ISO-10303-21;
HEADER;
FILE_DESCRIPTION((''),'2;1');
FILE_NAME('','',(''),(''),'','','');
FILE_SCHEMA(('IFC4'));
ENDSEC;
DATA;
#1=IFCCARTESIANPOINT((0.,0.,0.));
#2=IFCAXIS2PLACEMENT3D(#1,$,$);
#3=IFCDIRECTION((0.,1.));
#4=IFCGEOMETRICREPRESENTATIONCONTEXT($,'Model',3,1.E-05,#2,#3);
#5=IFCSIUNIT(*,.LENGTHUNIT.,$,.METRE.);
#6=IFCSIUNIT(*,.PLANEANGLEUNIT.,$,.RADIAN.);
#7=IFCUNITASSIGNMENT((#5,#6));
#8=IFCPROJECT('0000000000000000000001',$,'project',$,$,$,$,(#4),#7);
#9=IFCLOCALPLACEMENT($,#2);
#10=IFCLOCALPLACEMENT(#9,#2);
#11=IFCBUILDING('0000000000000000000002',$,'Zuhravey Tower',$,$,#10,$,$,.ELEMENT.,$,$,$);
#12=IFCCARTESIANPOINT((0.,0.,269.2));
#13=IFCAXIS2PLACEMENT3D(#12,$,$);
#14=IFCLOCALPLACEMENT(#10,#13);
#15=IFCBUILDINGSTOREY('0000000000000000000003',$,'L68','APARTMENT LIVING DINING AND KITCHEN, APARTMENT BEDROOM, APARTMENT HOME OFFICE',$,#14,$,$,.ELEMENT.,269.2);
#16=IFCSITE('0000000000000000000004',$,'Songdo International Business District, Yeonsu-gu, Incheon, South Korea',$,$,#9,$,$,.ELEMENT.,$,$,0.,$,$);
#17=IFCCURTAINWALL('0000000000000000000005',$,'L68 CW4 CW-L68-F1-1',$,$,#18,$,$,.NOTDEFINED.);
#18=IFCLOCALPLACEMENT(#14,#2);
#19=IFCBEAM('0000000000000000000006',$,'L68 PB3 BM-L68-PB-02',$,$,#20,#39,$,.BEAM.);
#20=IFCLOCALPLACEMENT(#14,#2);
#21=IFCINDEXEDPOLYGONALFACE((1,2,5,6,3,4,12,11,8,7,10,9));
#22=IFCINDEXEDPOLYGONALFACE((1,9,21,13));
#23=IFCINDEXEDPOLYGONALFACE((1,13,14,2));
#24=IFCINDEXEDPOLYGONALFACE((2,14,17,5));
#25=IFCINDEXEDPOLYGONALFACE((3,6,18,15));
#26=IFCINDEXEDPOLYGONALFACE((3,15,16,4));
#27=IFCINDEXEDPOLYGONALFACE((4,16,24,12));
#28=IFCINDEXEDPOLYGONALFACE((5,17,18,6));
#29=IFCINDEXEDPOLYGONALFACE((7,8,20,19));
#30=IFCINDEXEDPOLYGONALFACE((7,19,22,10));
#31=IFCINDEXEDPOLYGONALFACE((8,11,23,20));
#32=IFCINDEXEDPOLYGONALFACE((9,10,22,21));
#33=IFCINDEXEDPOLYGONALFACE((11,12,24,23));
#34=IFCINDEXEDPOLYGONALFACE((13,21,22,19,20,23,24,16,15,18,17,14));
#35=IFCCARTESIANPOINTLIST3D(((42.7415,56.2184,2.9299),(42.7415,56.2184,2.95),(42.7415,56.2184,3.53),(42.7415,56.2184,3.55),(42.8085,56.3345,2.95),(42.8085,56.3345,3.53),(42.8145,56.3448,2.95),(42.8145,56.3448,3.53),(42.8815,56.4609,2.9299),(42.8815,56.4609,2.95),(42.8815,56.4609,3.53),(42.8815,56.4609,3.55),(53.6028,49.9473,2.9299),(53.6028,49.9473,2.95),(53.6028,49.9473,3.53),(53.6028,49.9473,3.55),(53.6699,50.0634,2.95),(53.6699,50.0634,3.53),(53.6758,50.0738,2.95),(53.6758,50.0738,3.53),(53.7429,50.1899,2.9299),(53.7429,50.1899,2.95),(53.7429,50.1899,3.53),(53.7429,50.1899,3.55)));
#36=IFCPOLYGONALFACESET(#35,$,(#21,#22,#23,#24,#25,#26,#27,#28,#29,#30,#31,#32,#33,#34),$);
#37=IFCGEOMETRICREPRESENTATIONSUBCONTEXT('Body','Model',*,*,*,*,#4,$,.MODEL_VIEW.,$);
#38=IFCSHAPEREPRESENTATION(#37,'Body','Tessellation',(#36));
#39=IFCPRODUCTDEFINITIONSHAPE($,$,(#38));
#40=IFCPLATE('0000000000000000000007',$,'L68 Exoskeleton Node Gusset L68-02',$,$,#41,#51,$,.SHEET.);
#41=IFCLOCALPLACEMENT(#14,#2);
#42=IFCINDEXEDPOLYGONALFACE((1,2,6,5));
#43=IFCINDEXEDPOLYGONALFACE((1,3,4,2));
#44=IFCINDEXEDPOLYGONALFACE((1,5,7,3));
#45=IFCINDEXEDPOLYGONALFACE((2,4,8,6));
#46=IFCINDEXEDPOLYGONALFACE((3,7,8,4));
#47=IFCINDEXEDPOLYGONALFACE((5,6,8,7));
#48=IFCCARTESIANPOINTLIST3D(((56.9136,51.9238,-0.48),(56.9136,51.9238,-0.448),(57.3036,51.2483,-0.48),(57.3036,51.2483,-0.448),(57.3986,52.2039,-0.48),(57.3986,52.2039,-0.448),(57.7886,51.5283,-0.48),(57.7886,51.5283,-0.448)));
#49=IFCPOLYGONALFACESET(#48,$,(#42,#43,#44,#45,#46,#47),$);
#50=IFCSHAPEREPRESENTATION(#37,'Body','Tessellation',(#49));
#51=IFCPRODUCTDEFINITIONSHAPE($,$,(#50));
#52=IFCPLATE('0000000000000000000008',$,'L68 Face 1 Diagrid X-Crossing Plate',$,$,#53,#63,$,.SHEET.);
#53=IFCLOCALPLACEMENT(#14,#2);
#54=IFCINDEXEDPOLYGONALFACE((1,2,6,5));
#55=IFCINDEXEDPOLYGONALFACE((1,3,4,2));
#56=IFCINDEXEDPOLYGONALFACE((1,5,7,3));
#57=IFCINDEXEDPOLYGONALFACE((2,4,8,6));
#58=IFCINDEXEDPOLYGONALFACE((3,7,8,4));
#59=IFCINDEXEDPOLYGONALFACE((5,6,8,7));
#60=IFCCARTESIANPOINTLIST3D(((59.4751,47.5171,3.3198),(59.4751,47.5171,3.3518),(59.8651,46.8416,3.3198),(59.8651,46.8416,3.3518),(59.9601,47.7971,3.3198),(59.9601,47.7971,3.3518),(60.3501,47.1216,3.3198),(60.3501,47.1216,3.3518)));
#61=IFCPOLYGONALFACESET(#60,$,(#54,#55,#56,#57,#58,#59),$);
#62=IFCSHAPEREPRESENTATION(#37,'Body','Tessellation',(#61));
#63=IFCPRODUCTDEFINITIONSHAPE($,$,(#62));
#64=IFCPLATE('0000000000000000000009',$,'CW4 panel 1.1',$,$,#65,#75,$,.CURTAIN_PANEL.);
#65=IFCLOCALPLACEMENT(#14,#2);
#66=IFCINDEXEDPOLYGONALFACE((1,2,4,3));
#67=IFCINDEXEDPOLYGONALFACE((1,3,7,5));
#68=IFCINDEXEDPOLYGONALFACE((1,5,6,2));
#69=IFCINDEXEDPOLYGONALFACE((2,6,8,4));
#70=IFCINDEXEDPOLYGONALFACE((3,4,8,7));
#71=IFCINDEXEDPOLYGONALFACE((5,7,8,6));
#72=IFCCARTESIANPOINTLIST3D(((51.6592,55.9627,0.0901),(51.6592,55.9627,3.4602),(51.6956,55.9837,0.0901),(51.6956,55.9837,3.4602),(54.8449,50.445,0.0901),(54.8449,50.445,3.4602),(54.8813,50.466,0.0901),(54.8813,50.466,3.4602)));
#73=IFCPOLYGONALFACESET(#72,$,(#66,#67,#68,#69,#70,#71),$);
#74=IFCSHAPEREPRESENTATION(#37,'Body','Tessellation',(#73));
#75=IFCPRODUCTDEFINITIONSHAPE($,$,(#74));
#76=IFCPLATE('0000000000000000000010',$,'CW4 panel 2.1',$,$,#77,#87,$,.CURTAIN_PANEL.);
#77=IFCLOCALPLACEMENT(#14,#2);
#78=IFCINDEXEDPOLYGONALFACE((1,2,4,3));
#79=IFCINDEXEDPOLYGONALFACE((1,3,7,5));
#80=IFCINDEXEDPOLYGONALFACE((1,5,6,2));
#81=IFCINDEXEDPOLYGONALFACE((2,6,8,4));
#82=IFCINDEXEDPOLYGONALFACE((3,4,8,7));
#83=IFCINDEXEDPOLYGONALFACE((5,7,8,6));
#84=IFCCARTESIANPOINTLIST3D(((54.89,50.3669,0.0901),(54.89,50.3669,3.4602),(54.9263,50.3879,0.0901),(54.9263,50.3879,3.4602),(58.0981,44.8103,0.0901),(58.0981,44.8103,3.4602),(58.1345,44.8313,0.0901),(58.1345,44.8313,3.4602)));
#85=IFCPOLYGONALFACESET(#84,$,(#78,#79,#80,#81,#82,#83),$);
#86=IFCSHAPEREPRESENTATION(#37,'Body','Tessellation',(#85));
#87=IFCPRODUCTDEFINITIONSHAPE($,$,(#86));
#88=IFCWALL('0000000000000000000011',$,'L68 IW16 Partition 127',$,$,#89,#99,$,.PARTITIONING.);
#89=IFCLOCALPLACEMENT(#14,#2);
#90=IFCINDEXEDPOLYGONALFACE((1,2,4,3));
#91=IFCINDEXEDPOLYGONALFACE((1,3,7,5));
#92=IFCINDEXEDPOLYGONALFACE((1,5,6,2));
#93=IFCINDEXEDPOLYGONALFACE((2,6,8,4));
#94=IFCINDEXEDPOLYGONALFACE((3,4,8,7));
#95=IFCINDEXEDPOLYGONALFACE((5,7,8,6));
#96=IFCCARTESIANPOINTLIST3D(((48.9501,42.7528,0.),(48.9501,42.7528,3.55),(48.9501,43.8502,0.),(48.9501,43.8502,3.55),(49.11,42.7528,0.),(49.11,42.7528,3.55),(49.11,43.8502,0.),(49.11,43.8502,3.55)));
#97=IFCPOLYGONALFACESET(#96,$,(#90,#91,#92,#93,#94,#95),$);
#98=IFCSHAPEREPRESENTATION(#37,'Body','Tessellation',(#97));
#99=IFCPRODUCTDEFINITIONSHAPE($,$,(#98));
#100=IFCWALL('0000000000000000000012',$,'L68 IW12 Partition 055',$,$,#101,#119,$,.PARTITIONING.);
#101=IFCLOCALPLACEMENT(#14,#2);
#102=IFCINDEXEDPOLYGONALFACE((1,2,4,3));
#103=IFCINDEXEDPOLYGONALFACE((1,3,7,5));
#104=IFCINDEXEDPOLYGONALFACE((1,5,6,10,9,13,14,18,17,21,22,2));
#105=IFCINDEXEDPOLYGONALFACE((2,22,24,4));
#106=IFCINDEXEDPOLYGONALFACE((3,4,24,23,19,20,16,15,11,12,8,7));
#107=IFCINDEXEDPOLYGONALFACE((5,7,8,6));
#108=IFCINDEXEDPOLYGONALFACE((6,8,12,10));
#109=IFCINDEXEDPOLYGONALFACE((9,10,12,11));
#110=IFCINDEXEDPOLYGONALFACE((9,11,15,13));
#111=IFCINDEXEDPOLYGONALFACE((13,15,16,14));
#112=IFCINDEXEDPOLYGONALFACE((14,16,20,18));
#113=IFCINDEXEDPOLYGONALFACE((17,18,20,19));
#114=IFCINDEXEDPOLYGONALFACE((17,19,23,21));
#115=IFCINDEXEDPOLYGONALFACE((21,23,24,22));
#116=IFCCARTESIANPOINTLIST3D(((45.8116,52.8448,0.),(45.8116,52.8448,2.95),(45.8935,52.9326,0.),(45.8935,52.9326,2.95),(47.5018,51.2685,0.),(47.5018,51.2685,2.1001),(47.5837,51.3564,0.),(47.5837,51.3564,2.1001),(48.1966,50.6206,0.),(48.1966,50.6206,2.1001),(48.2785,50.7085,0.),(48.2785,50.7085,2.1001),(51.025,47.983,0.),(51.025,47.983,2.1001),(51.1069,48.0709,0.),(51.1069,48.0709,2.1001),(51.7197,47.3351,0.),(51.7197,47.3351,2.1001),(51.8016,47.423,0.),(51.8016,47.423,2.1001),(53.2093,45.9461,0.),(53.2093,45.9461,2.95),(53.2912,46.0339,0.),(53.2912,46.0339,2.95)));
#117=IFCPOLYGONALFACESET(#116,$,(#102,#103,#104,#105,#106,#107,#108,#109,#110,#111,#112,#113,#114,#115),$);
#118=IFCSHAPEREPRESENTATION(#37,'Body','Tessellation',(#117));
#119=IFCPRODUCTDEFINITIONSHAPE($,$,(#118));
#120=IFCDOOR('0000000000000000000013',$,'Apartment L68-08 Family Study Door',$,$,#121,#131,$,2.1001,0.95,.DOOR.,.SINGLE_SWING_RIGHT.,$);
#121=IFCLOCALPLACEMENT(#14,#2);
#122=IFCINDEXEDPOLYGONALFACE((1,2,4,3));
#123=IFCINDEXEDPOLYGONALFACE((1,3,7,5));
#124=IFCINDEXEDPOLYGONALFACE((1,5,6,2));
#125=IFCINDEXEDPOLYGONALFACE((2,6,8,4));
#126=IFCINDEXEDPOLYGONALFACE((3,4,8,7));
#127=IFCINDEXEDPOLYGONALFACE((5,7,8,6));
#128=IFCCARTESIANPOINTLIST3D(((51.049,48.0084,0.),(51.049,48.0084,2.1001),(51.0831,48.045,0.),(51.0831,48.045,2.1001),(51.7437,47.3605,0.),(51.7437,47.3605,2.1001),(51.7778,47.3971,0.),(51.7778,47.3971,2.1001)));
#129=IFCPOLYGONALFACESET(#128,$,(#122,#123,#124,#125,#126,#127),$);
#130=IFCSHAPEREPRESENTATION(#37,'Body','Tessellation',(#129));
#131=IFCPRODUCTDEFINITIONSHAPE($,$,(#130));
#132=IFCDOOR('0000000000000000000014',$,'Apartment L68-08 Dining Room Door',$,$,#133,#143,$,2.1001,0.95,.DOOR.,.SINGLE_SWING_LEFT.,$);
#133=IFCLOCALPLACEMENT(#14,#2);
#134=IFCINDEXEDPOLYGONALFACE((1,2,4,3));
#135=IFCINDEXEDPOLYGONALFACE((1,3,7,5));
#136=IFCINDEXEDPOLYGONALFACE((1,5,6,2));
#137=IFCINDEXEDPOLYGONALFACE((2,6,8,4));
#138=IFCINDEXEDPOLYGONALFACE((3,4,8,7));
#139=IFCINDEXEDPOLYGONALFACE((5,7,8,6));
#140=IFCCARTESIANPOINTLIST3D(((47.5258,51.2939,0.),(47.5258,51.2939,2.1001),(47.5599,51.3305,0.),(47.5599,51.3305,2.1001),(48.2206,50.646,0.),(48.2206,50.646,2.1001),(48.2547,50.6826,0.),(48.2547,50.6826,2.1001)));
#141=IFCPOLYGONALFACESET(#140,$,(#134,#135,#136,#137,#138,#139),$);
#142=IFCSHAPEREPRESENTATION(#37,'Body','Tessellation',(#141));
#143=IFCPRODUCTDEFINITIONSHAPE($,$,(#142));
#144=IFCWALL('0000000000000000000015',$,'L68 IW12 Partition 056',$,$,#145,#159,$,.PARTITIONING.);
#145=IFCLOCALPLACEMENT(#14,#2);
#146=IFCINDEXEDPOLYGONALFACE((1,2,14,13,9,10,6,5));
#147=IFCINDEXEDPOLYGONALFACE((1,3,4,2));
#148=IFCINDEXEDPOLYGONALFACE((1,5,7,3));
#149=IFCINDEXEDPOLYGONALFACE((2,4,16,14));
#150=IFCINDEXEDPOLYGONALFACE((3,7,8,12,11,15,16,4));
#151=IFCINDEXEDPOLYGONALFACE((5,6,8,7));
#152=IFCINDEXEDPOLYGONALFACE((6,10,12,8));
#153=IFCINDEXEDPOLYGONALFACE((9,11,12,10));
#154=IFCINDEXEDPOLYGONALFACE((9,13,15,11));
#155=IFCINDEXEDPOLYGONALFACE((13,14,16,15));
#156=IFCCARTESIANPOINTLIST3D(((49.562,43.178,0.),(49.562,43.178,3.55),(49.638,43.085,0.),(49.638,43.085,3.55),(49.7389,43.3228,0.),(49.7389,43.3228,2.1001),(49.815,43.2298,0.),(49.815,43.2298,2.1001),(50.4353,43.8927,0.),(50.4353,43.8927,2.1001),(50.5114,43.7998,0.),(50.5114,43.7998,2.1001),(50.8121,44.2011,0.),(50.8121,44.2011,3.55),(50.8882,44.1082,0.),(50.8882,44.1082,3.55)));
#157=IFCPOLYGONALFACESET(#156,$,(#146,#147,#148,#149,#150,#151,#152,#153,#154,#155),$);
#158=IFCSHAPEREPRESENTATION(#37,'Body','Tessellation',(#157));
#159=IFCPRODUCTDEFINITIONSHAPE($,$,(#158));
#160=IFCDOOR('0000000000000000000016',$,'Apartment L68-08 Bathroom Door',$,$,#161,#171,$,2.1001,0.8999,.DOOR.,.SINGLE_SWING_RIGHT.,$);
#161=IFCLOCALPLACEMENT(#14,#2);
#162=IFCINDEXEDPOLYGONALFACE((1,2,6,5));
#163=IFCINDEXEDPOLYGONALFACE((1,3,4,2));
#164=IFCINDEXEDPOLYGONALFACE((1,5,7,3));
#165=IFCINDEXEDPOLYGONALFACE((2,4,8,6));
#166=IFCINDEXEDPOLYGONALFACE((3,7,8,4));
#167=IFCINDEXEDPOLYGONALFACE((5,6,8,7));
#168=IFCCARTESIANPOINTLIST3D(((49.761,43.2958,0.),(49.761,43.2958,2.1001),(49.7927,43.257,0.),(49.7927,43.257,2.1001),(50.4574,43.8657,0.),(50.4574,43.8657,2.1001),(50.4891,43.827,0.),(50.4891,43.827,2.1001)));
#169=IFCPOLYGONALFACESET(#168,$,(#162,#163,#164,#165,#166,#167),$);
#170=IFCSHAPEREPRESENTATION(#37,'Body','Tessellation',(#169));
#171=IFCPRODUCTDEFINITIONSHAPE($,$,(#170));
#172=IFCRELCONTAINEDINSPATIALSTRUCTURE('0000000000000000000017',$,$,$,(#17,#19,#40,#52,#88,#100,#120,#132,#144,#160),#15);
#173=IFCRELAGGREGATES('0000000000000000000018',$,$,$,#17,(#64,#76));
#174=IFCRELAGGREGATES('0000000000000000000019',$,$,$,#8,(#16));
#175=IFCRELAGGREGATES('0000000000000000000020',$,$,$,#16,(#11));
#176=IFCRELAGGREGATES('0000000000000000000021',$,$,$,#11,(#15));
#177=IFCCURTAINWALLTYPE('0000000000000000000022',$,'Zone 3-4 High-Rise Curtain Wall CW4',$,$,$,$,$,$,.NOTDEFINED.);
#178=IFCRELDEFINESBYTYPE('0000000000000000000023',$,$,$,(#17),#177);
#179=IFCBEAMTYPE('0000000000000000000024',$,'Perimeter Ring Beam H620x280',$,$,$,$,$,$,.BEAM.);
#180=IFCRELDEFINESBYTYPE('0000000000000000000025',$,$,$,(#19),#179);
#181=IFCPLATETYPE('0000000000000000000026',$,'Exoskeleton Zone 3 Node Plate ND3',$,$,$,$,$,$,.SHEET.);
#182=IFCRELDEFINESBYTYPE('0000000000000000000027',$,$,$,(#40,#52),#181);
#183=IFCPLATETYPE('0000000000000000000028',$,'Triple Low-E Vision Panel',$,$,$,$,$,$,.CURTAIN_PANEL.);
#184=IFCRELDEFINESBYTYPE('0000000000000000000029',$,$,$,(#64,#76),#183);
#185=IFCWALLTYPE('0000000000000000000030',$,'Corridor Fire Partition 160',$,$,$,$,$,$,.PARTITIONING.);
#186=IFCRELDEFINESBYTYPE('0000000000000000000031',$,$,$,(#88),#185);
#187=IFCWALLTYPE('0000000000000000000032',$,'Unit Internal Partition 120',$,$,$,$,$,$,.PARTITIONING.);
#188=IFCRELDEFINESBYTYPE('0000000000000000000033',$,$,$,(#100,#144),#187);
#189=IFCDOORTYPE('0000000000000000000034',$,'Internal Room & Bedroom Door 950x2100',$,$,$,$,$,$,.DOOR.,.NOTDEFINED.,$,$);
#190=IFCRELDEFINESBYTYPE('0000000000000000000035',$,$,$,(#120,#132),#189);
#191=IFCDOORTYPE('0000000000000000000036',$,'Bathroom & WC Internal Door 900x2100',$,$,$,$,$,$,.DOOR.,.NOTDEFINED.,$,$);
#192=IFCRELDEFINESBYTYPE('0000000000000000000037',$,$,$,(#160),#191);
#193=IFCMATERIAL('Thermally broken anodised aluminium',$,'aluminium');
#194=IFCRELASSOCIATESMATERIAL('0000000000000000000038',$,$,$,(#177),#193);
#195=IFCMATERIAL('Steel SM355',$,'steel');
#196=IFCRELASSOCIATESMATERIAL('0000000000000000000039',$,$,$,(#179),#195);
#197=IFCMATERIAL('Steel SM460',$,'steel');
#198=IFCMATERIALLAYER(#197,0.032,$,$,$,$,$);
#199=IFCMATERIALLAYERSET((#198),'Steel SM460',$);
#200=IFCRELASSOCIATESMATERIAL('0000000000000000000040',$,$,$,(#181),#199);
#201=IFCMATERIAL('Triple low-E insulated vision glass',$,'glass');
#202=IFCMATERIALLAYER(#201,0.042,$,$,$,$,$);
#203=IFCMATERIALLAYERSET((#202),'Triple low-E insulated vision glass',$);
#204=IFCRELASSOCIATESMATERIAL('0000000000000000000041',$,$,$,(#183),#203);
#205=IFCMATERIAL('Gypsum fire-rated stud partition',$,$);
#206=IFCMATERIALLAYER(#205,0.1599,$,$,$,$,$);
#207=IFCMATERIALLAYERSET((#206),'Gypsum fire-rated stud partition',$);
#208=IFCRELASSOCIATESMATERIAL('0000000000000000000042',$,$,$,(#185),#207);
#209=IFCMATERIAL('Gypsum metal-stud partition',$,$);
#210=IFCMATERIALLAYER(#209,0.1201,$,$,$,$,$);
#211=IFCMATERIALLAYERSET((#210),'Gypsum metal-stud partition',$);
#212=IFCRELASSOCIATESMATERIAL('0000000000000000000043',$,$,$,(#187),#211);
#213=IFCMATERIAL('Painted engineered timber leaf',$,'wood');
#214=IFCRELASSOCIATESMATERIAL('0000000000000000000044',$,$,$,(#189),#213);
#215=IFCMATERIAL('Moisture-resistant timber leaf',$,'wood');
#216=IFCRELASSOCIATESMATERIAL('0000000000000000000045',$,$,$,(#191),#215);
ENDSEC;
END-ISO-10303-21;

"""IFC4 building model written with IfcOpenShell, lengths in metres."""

from ifc_helpers import new_model, si_unit, direction, frame, frame_2d, origin, origin_2d, place, context, subcontext, project, spatial, rectangle, i_section, extrude, material, layer, layer_set, material_profile, profile_set, type_object, element, fill, aggregate, save


model = new_model("IFC4")

# Units and contexts
model_context = context("Model", 3, precision=1e-05, world=origin(), true_north=direction((0.0, 1.0)))
body_context = subcontext(model_context, "Body", "Model", "MODEL_VIEW")
ifc_project = project(units=[si_unit("LENGTHUNIT", "METRE"), si_unit("PLANEANGLEUNIT", "RADIAN")], contexts=[model_context])

# Site, building, storey
site_placement = place(None, origin())
site = spatial("IfcSite", under=ifc_project, at=site_placement, Name="Songdo International Business District, Yeonsu-gu, Incheon, South Korea", CompositionType="ELEMENT", RefElevation=0.0)
building_placement = place(site_placement, origin())
building = spatial("IfcBuilding", under=site, at=building_placement, Name="Zuhravey Tower", CompositionType="ELEMENT")
storey_placement = place(building_placement, frame((0.0, 0.0, 269.2)))
storey = spatial("IfcBuildingStorey", under=building, at=storey_placement, Name="L68", Description="APARTMENT LIVING DINING AND KITCHEN, APARTMENT BEDROOM, APARTMENT HOME OFFICE", CompositionType="ELEMENT", Elevation=269.2)

# Curtain wall
ifc_material_1 = material(Name="Thermally broken anodised aluminium", Category="aluminium")
curtain_wall_type = type_object("IfcCurtainWallType", Name="Zone 3-4 High-Rise Curtain Wall CW4", PredefinedType="NOTDEFINED", material=ifc_material_1)
curtain_wall_placement = place(storey_placement, origin())
curtain_wall = element("IfcCurtainWall", 1, at=curtain_wall_placement, inside=storey, type_object=curtain_wall_type, Name="L68 CW4 CW-L68-F1-1", PredefinedType="NOTDEFINED")

# Shared definitions
ifc_material_2 = material(Name="Steel SM355", Category="steel")

# Beam
ifc_material_profile_1 = material_profile(ifc_material_2, i_section(OverallWidth=0.28, OverallDepth=0.6201, WebThickness=0.012, FlangeThickness=0.02, at=origin_2d()), Name="H-620x280x12x20")
ifc_profile_set_1 = profile_set([ifc_material_profile_1], Name="Steel SM355")
beam_type = type_object("IfcBeamType", Name="Perimeter Ring Beam H620x280", PredefinedType="BEAM", material=ifc_profile_set_1)
beam_placement = place(storey_placement, frame((53.6729, 50.0686, 3.24), z_axis=(-0.866018, 0.500012, 0.0), x_axis=(-0.500012, -0.866018, 0.0)))
element("IfcBeam", 2, at=beam_placement, inside=storey, type_object=beam_type, Name="L68 PB3 BM-L68-PB-02", PredefinedType="BEAM", context=body_context, shape_type="SweptSolid", body=[
    extrude(i_section(OverallWidth=0.28, OverallDepth=0.6201, WebThickness=0.012, FlangeThickness=0.02, at=origin_2d()), origin(), (0.0, 0.0, 1.0), 12.5417),
])

# Plates
ifc_material_3 = material(Name="Steel SM460", Category="steel")
ifc_layer_1 = layer(ifc_material_3, 0.032)
ifc_layer_set_1 = layer_set([ifc_layer_1], Name="Steel SM460")
plate_type_1 = type_object("IfcPlateType", Name="Exoskeleton Zone 3 Node Plate ND3", PredefinedType="SHEET", material=ifc_layer_set_1)
for number, where, z_axis, x_axis, name in (
    (3, (57.3511, 51.7261, -0.48), (0.0, 0.0, 1.0), (-0.5, 0.866025, 0.0), "L68 Exoskeleton Node Gusset L68-02"),
    (4, (59.9126, 47.3193, 3.3198), (0.0, 0.0, 1.0), (-0.5, 0.866025, 0.0), "L68 Face 1 Diagrid X-Crossing Plate"),
):
    element("IfcPlate", number, at=place(storey_placement, frame(where, z_axis=z_axis, x_axis=x_axis)), inside=storey, type_object=plate_type_1, Name=name, PredefinedType="SHEET", context=body_context, shape_type="SweptSolid", body=[
        extrude(rectangle(XDim=0.78, YDim=0.5601, at=origin_2d()), origin(), (0.0, 0.0, 1.0), 0.032),
    ])

# Plates
ifc_material_4 = material(Name="Triple low-E insulated vision glass", Category="glass")
ifc_layer_2 = layer(ifc_material_4, 0.042)
ifc_layer_set_2 = layer_set([ifc_layer_2], Name="Triple low-E insulated vision glass")
plate_type_2 = type_object("IfcPlateType", Name="Triple Low-E Vision Panel", PredefinedType="CURTAIN_PANEL", material=ifc_layer_set_2)
plate_1_placement = place(storey_placement, frame((53.2703, 53.2144, 0.0901), z_axis=(0.0, 0.0, 1.0), x_axis=(0.500001, -0.866025, 0.0)))
plate_1 = element("IfcPlate", 5, at=plate_1_placement, type_object=plate_type_2, Name="CW4 panel 1.1", PredefinedType="CURTAIN_PANEL", context=body_context, shape_type="SweptSolid", body=[
    extrude(rectangle(XDim=6.3713, YDim=0.042, at=origin_2d()), origin(), (0.0, 0.0, 1.0), 3.3701),
])
plate_2_placement = place(storey_placement, frame((56.5122, 47.5991, 0.0901), z_axis=(0.0, 0.0, 1.0), x_axis=(0.500001, -0.866025, 0.0)))
plate_2 = element("IfcPlate", 6, at=plate_2_placement, type_object=plate_type_2, Name="CW4 panel 2.1", PredefinedType="CURTAIN_PANEL", context=body_context, shape_type="SweptSolid", body=[
    extrude(rectangle(XDim=6.4163, YDim=0.042, at=origin_2d()), origin(), (0.0, 0.0, 1.0), 3.3701),
])
aggregate(curtain_wall, [plate_1, plate_2])

# Wall
ifc_material_5 = material(Name="Gypsum fire-rated stud partition")
ifc_layer_3 = layer(ifc_material_5, 0.1599)
ifc_layer_set_3 = layer_set([ifc_layer_3], Name="Gypsum fire-rated stud partition")
wall_type_1 = type_object("IfcWallType", Name="Corridor Fire Partition 160", PredefinedType="PARTITIONING", material=ifc_layer_set_3)
wall_1_placement = place(storey_placement, frame((49.03, 42.7527, 0.0), z_axis=(0.0, 0.0, 1.0), x_axis=(0.0, 1.0, 0.0)))
element("IfcWall", 7, at=wall_1_placement, inside=storey, type_object=wall_type_1, Name="L68 IW16 Partition 127", PredefinedType="PARTITIONING", context=body_context, shape_type="SweptSolid", body=[
    extrude(rectangle(XDim=1.0974, YDim=0.1599, at=frame_2d((0.5488, 0.0))), origin(), (0.0, 0.0, 1.0), 3.55),
])

# Wall, openings, doors
ifc_material_6 = material(Name="Gypsum metal-stud partition")
ifc_layer_4 = layer(ifc_material_6, 0.1201)
ifc_layer_set_4 = layer_set([ifc_layer_4], Name="Gypsum metal-stud partition")
wall_type_2 = type_object("IfcWallType", Name="Unit Internal Partition 120", PredefinedType="PARTITIONING", material=ifc_layer_set_4)
wall_2_placement = place(storey_placement, frame((53.2502, 45.99, 0.0), z_axis=(0.0, 0.0, 1.0), x_axis=(-0.731343, 0.682009, 0.0)))
wall_2 = element("IfcWall", 8, at=wall_2_placement, inside=storey, type_object=wall_type_2, Name="L68 IW12 Partition 055", PredefinedType="PARTITIONING", context=body_context, shape_type="SweptSolid", body=[
    extrude(rectangle(XDim=10.1152, YDim=0.1201, at=frame_2d((5.0576, 0.0))), origin(), (0.0, 0.0, 1.0), 2.95),
])
opening_1_placement = place(wall_2_placement, frame((2.0366, 0.0, 0.0)))
opening_1 = element("IfcOpeningElement", 9, at=opening_1_placement, cuts=wall_2, PredefinedType="OPENING", context=body_context, shape_type="SweptSolid", body=[
    extrude(rectangle(XDim=0.95, YDim=2.1001, at=frame_2d((0.4751, 1.05))), frame((0.0, 0.072, 0.0), z_axis=(0.0, -1.0, 0.0), x_axis=(1.0, 0.0, 0.0)), (0.0, 0.0, 1.0), 0.144),
])
opening_2_placement = place(wall_2_placement, frame((6.854, 0.0, 0.0)))
opening_2 = element("IfcOpeningElement", 10, at=opening_2_placement, cuts=wall_2, PredefinedType="OPENING", context=body_context, shape_type="SweptSolid", body=[
    extrude(rectangle(XDim=0.95, YDim=2.1001, at=frame_2d((0.4751, 1.05))), frame((0.0, 0.072, 0.0), z_axis=(0.0, -1.0, 0.0), x_axis=(1.0, 0.0, 0.0)), (0.0, 0.0, 1.0), 0.144),
])
ifc_material_7 = material(Name="Painted engineered timber leaf", Category="wood")
door_type_1 = type_object("IfcDoorType", Name="Internal Room & Bedroom Door 950x2100", OperationType="NOTDEFINED", PredefinedType="DOOR", material=ifc_material_7)
door_1_placement = place(opening_1_placement, frame((0.95, 0.0, 0.0), z_axis=(0.0, 0.0, 1.0), x_axis=(-1.0, 0.0, 0.0)))
door_1 = element("IfcDoor", 11, at=door_1_placement, inside=storey, type_object=door_type_1, Name="Apartment L68-08 Family Study Door", OperationType="SINGLE_SWING_RIGHT", OverallHeight=2.1001, OverallWidth=0.95, PredefinedType="DOOR", context=body_context, shape_type="SweptSolid", body=[
    extrude(rectangle(XDim=0.95, YDim=2.1001, at=frame_2d((0.4751, 1.05))), frame((0.0, 0.0249, 0.0), z_axis=(0.0, -1.0, 0.0), x_axis=(1.0, 0.0, 0.0)), (0.0, 0.0, 1.0), 0.05),
])
fill(opening_1, door_1)
door_2_placement = place(opening_2_placement, frame((0.95, 0.0, 0.0), z_axis=(0.0, 0.0, 1.0), x_axis=(-1.0, 0.0, 0.0)))
door_2 = element("IfcDoor", 12, at=door_2_placement, inside=storey, type_object=door_type_1, Name="Apartment L68-08 Dining Room Door", OperationType="SINGLE_SWING_LEFT", OverallHeight=2.1001, OverallWidth=0.95, PredefinedType="DOOR", context=body_context, shape_type="SweptSolid", body=[
    extrude(rectangle(XDim=0.95, YDim=2.1001, at=frame_2d((0.4751, 1.05))), frame((0.0, 0.0249, 0.0), z_axis=(0.0, -1.0, 0.0), x_axis=(1.0, 0.0, 0.0)), (0.0, 0.0, 1.0), 0.05),
])
fill(opening_2, door_2)

# Wall, opening, door
wall_3_placement = place(storey_placement, frame((49.6001, 43.1316, 0.0), z_axis=(0.0, 0.0, 1.0), x_axis=(0.773876, 0.633337, 0.0)))
wall_3 = element("IfcWall", 13, at=wall_3_placement, inside=storey, type_object=wall_type_2, Name="L68 IW12 Partition 056", PredefinedType="PARTITIONING", context=body_context, shape_type="SweptSolid", body=[
    extrude(rectangle(XDim=1.6155, YDim=0.1201, at=frame_2d((0.8076, 0.0))), origin(), (0.0, 0.0, 1.0), 3.55),
])
opening_3_placement = place(wall_3_placement, frame((0.2285, 0.0, 0.0)))
opening_3 = element("IfcOpeningElement", 14, at=opening_3_placement, cuts=wall_3, PredefinedType="OPENING", context=body_context, shape_type="SweptSolid", body=[
    extrude(rectangle(XDim=0.8999, YDim=2.1001, at=frame_2d((0.45, 1.05))), frame((0.0, 0.072, 0.0), z_axis=(0.0, -1.0, 0.0), x_axis=(1.0, 0.0, 0.0)), (0.0, 0.0, 1.0), 0.144),
])
ifc_material_8 = material(Name="Moisture-resistant timber leaf", Category="wood")
door_type_2 = type_object("IfcDoorType", Name="Bathroom & WC Internal Door 900x2100", OperationType="NOTDEFINED", PredefinedType="DOOR", material=ifc_material_8)
door_3_placement = place(opening_3_placement, frame((0.8999, 0.0, 0.0), z_axis=(0.0, 0.0, 1.0), x_axis=(-1.0, 0.0, 0.0)))
door_3 = element("IfcDoor", 15, at=door_3_placement, inside=storey, type_object=door_type_2, Name="Apartment L68-08 Bathroom Door", OperationType="SINGLE_SWING_RIGHT", OverallHeight=2.1001, OverallWidth=0.8999, PredefinedType="DOOR", context=body_context, shape_type="SweptSolid", body=[
    extrude(rectangle(XDim=0.8999, YDim=2.1001, at=frame_2d((0.45, 1.05))), frame((0.0, 0.0249, 0.0), z_axis=(0.0, -1.0, 0.0), x_axis=(1.0, 0.0, 0.0)), (0.0, 0.0, 1.0), 0.05),
])
fill(opening_3, door_3)

save(model, "model.ifc")
